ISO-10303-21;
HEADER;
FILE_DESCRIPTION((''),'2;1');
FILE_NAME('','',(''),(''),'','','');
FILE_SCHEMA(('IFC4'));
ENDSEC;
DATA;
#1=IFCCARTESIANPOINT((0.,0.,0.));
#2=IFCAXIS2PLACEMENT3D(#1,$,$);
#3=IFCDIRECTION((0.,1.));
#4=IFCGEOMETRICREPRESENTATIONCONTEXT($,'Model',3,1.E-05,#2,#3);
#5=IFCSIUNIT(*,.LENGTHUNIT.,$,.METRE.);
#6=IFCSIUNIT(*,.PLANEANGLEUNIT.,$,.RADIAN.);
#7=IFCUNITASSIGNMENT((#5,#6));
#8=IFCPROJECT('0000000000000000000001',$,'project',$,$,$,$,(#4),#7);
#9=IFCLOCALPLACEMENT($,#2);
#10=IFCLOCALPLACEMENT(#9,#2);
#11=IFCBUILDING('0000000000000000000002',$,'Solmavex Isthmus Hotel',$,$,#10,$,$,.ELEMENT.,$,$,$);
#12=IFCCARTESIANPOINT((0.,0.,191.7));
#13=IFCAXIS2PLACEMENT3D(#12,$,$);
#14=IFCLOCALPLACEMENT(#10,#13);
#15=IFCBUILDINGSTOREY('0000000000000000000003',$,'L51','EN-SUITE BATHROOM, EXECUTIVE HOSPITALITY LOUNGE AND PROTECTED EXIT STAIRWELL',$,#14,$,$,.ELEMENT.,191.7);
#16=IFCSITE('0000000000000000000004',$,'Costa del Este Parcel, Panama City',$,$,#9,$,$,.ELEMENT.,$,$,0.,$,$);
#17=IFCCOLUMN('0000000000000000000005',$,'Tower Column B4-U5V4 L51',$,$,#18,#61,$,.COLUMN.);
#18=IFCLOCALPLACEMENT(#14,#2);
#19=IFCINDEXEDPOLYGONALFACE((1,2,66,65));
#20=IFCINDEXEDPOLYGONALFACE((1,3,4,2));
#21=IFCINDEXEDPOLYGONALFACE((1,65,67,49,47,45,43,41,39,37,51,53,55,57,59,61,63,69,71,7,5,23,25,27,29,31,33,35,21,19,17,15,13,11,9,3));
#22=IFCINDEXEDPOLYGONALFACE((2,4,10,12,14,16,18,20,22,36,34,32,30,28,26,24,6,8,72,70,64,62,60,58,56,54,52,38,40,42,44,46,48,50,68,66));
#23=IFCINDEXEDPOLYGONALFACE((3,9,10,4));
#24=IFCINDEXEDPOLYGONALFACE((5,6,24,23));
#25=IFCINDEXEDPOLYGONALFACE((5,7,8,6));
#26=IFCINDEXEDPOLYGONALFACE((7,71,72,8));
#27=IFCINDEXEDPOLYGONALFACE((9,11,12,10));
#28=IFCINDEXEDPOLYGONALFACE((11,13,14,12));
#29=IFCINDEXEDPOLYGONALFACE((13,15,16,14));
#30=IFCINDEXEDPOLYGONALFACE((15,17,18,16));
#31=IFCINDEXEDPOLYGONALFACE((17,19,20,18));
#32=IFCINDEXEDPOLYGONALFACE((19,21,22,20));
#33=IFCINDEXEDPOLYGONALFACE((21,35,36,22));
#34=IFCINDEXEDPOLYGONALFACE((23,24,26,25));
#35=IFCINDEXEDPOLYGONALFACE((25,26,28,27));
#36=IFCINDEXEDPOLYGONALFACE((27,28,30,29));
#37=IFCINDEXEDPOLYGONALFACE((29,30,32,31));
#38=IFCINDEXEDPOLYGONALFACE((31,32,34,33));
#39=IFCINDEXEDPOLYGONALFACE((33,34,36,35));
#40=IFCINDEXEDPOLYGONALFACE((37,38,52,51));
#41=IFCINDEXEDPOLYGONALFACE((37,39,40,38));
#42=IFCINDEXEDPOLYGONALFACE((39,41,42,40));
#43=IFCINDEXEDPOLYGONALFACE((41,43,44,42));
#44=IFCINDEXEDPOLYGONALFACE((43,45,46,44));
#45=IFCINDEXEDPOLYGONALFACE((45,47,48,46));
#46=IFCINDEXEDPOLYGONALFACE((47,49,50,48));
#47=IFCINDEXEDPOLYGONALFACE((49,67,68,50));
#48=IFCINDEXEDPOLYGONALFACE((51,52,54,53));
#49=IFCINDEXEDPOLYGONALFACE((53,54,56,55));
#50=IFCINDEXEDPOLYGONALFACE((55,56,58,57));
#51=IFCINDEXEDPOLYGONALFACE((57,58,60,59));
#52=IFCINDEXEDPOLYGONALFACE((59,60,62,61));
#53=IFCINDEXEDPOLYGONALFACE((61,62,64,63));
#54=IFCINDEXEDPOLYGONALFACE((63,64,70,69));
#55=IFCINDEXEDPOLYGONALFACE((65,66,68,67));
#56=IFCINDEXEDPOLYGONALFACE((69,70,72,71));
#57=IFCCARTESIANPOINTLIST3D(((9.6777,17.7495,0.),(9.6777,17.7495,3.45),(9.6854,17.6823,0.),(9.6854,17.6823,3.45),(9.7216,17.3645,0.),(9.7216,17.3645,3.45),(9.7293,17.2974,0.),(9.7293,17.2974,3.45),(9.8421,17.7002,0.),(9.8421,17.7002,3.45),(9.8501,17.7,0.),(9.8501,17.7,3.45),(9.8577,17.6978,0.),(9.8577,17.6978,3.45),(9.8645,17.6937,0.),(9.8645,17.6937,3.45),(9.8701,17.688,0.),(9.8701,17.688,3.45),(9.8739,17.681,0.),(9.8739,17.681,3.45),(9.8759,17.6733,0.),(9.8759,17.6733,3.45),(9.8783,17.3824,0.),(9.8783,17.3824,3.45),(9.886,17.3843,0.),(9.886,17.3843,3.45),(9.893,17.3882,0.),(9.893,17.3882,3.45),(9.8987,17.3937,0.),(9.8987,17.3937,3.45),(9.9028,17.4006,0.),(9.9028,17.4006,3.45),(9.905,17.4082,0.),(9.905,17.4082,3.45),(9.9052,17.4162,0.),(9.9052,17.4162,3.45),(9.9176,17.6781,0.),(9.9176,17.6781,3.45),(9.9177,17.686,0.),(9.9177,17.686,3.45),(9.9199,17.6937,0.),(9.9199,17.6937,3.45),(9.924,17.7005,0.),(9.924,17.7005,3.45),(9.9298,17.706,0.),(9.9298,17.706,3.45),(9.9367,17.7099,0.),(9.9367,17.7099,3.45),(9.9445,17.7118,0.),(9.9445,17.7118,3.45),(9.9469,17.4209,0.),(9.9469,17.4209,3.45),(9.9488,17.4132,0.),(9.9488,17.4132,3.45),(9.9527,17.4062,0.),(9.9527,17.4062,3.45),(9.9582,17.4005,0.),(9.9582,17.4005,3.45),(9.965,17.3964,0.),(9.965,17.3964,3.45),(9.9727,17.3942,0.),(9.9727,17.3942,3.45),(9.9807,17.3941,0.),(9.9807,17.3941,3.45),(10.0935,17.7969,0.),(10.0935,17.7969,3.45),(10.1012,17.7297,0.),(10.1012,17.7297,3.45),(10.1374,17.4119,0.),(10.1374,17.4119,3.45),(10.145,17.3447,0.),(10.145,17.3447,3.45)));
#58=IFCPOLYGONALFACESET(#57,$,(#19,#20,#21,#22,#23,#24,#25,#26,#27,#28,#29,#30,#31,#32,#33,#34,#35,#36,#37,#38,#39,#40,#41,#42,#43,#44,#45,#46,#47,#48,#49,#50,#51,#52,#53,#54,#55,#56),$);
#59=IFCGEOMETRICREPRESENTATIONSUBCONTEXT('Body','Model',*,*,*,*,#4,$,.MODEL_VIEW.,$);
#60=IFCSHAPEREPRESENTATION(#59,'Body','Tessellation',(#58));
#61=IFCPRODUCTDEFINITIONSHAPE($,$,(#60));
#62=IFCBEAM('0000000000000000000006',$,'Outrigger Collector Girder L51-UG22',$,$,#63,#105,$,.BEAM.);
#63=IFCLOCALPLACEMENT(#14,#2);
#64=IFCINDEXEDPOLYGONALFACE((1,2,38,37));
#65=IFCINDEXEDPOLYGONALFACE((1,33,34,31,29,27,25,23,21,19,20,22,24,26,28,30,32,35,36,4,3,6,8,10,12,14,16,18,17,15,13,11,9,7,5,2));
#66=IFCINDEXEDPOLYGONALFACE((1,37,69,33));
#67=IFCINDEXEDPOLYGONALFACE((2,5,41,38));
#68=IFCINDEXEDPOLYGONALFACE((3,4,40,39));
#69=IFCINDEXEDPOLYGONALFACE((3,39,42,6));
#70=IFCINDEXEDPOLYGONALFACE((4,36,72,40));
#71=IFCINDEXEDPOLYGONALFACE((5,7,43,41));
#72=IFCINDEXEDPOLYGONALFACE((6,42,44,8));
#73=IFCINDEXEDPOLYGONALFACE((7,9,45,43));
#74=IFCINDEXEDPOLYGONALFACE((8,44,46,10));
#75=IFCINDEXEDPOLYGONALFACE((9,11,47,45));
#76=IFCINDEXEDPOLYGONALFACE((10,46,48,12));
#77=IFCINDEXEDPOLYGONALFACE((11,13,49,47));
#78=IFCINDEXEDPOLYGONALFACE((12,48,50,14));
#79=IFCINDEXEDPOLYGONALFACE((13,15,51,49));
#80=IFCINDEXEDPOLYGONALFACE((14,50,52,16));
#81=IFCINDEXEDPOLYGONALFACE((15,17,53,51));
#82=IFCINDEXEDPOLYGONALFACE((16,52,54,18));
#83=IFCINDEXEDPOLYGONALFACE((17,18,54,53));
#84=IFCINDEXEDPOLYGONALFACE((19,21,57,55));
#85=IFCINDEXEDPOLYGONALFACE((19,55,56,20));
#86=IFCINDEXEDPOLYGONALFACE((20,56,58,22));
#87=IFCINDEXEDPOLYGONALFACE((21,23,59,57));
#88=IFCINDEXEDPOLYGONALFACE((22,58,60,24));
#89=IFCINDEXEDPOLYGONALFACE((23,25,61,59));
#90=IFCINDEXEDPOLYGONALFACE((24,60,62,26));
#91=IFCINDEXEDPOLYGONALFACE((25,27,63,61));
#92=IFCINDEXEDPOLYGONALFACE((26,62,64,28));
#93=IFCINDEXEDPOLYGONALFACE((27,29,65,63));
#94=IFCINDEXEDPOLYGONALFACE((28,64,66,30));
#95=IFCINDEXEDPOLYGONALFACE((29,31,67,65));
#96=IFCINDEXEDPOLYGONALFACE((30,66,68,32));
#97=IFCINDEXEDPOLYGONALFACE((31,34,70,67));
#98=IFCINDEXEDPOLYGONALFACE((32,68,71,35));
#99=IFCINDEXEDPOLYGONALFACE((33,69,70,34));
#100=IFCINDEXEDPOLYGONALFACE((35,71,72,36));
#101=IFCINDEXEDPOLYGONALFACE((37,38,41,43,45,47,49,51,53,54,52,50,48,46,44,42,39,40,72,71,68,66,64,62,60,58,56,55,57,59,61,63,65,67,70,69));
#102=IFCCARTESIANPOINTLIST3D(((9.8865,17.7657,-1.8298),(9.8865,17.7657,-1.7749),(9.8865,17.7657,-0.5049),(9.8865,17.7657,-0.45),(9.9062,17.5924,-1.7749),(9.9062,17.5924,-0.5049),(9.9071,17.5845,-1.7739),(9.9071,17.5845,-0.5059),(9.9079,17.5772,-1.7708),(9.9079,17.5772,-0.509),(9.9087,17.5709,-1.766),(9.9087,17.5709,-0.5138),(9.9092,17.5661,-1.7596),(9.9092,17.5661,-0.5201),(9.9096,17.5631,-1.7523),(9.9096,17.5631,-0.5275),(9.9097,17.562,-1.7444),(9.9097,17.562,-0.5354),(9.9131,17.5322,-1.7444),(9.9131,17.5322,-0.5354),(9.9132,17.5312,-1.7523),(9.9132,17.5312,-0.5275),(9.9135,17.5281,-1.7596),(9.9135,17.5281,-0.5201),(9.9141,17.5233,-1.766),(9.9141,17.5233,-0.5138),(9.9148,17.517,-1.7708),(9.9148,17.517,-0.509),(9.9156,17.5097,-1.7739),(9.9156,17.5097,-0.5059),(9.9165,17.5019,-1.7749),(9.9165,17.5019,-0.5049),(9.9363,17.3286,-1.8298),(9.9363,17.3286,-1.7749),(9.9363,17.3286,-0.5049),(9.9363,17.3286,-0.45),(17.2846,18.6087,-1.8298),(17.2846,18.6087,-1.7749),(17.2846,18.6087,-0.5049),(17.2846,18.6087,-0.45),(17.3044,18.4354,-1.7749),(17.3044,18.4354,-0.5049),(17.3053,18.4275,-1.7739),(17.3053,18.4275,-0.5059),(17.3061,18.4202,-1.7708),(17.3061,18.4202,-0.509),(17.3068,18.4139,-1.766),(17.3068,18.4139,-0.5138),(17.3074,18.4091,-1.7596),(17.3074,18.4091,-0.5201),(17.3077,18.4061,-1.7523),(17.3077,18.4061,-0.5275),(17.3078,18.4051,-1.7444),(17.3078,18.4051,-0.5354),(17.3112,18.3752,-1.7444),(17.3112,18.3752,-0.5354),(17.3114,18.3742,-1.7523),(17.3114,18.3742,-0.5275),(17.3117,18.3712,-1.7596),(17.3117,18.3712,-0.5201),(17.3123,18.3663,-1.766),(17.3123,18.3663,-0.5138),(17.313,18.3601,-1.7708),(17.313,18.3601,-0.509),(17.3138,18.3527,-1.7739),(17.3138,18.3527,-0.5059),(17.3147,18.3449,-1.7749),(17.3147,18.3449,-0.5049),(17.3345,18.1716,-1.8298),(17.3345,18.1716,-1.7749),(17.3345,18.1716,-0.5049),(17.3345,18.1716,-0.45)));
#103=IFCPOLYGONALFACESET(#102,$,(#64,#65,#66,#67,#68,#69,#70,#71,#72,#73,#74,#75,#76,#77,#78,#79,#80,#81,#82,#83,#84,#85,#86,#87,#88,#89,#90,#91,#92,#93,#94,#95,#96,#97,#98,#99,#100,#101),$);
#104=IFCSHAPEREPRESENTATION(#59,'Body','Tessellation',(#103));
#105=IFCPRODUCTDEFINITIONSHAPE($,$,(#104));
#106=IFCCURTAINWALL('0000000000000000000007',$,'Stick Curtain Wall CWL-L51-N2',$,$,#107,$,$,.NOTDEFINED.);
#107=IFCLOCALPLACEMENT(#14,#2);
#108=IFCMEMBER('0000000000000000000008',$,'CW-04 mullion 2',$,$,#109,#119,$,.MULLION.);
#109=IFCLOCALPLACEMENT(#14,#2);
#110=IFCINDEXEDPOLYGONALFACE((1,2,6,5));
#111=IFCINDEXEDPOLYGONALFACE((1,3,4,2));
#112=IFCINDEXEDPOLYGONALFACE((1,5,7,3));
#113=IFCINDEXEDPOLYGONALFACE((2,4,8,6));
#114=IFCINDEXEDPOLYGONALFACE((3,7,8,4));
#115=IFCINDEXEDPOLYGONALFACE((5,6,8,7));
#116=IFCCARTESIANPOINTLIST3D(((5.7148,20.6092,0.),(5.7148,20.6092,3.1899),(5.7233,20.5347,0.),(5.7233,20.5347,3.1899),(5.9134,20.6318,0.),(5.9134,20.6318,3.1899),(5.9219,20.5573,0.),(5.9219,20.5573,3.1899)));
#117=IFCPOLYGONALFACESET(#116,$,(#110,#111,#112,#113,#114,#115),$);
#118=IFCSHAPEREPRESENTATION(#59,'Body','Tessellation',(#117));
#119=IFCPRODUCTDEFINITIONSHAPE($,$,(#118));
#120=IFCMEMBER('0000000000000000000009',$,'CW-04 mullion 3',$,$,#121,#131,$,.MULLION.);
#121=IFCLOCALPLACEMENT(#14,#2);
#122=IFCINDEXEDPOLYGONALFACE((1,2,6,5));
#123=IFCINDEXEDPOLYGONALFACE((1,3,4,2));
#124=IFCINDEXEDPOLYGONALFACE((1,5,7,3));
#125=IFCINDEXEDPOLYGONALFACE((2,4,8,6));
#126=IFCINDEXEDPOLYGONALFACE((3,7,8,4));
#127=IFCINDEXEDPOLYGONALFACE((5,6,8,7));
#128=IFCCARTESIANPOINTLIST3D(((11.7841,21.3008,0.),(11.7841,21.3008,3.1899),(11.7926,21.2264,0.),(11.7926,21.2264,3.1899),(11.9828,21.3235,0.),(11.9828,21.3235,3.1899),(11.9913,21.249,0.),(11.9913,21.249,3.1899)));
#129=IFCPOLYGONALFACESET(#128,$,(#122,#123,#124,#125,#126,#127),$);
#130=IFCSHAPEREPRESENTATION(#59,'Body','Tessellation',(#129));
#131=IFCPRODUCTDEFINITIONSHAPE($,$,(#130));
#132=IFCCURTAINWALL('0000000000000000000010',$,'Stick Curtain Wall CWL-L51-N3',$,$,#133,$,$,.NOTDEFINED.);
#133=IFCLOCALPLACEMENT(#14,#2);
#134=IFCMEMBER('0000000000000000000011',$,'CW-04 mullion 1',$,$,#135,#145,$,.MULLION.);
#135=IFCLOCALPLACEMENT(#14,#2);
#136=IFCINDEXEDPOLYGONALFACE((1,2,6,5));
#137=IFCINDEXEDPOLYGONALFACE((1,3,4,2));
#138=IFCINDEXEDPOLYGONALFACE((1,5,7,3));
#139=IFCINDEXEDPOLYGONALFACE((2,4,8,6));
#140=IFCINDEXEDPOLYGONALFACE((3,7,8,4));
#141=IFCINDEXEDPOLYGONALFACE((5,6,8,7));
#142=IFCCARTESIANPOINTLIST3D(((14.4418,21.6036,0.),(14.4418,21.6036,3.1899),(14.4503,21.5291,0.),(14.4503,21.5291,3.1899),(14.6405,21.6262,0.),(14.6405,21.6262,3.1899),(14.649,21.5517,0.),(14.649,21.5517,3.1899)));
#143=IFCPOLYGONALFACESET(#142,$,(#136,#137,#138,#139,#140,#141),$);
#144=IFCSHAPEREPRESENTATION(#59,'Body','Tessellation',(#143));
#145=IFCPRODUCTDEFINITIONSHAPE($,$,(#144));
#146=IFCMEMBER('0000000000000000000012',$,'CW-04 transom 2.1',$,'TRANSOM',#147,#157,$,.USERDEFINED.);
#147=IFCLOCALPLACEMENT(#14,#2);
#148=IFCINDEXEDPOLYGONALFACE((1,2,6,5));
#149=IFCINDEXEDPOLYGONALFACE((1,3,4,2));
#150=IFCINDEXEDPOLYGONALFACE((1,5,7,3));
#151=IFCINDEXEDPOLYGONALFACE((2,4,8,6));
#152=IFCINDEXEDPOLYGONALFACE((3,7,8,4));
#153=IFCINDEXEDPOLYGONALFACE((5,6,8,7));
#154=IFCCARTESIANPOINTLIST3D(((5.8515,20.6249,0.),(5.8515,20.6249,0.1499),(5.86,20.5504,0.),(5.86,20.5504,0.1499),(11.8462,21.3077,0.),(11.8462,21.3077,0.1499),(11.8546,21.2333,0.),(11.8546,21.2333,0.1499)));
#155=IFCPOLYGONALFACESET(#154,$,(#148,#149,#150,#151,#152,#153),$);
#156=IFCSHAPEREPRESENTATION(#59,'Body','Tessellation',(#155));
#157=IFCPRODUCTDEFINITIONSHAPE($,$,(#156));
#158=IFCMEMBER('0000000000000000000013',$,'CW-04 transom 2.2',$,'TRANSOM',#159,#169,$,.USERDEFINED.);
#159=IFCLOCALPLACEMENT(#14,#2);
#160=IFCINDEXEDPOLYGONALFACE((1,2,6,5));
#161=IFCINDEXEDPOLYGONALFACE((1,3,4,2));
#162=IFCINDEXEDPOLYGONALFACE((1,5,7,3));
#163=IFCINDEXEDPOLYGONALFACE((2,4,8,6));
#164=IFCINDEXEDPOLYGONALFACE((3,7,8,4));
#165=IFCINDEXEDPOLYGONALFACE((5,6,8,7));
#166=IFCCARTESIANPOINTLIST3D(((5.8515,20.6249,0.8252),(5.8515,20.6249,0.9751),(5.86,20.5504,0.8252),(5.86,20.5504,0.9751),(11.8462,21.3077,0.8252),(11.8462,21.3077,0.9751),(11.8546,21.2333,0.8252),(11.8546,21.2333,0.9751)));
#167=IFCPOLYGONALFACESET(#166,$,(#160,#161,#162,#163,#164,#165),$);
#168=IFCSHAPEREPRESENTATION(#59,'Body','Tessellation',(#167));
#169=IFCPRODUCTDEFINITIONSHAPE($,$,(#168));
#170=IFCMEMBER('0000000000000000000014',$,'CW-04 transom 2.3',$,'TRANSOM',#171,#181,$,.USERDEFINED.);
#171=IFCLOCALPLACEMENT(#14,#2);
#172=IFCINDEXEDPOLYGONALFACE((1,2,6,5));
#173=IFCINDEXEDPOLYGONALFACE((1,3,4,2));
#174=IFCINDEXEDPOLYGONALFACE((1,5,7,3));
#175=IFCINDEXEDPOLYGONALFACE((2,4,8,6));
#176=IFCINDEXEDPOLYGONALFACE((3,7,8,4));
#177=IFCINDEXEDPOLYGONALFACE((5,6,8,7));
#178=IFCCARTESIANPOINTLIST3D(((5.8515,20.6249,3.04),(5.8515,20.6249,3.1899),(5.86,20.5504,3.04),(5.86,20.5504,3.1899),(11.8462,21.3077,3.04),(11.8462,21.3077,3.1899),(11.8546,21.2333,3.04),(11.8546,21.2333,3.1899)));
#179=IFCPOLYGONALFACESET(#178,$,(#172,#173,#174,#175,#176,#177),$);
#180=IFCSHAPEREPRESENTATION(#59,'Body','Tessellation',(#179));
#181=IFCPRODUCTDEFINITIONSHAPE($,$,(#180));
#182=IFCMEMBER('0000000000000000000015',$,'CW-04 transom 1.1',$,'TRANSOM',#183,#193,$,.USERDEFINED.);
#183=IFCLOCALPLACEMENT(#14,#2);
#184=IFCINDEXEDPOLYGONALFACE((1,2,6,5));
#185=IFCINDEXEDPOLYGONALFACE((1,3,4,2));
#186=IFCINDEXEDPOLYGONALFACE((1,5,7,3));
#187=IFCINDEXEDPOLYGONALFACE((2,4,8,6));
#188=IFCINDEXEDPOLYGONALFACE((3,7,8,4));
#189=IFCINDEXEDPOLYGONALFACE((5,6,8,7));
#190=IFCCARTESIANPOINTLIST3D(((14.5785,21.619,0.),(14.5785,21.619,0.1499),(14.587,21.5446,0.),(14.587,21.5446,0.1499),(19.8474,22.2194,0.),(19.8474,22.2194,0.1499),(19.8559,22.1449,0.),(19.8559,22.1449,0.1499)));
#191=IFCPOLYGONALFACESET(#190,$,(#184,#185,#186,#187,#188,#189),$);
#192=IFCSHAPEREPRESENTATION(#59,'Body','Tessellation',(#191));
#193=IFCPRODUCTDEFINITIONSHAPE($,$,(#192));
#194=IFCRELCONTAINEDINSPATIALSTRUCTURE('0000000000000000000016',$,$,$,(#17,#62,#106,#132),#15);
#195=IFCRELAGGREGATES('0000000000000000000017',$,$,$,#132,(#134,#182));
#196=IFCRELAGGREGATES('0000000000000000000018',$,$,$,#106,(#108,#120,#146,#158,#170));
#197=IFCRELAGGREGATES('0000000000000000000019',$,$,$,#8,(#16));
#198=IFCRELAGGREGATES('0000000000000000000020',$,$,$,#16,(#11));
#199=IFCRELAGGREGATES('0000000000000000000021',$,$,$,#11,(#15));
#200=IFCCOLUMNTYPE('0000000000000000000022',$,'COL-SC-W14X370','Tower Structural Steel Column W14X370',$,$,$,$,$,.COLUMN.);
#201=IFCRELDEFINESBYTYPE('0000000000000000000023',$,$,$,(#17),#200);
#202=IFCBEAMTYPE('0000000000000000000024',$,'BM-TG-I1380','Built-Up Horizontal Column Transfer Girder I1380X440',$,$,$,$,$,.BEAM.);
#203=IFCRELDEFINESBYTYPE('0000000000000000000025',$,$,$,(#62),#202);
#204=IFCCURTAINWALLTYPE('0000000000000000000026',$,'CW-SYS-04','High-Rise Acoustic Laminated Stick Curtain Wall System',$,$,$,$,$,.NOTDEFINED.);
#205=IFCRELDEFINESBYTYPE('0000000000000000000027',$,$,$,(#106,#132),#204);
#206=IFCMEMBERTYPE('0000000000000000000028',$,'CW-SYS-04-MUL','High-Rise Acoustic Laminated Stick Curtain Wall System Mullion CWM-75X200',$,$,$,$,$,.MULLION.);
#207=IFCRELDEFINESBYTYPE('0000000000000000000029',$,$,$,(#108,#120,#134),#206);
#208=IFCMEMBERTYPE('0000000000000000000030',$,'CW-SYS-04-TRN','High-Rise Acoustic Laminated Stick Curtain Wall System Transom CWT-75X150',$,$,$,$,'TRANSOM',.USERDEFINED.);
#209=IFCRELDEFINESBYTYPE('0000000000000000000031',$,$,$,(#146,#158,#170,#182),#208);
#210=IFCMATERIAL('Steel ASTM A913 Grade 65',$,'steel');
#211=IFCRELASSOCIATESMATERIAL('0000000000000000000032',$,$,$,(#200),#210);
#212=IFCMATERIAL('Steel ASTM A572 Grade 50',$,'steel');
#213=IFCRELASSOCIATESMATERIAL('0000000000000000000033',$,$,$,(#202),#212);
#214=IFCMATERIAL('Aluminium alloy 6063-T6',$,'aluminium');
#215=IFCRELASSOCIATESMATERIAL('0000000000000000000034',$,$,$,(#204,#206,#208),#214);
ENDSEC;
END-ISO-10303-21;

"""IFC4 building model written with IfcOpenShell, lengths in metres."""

from ifc_helpers import new_model, si_unit, direction, frame, origin, origin_2d, place, context, subcontext, project, spatial, rectangle, i_section, extrude, material, material_profile, profile_set, type_object, element, aggregate, save


model = new_model("IFC4")

# Units and contexts
model_context = context("Model", 3, precision=1e-05, world=origin(), true_north=direction((0.0, 1.0)))
body_context = subcontext(model_context, "Body", "Model", "MODEL_VIEW")
ifc_project = project(units=[si_unit("LENGTHUNIT", "METRE"), si_unit("PLANEANGLEUNIT", "RADIAN")], contexts=[model_context])

# Site, building, storey
site_placement = place(None, origin())
site = spatial("IfcSite", under=ifc_project, at=site_placement, Name="Costa del Este Parcel, Panama City", CompositionType="ELEMENT", RefElevation=0.0)
building_placement = place(site_placement, origin())
building = spatial("IfcBuilding", under=site, at=building_placement, Name="Solmavex Isthmus Hotel", CompositionType="ELEMENT")
storey_placement = place(building_placement, frame((0.0, 0.0, 191.7)))
storey = spatial("IfcBuildingStorey", under=building, at=storey_placement, Name="L51", Description="EN-SUITE BATHROOM, EXECUTIVE HOSPITALITY LOUNGE AND PROTECTED EXIT STAIRWELL", CompositionType="ELEMENT", Elevation=191.7)

# Column
ifc_material_1 = material(Name="Steel ASTM A913 Grade 65", Category="steel")
ifc_material_profile_1 = material_profile(ifc_material_1, i_section(OverallWidth=0.4185, OverallDepth=0.4551, WebThickness=0.042, FlangeThickness=0.0676, FilletRadius=0.0305, at=origin_2d()), Name="W14X370")
ifc_profile_set_1 = profile_set([ifc_material_profile_1], Name="Steel ASTM A913 Grade 65")
column_type = type_object("IfcColumnType", Name="COL-SC-W14X370", Description="Tower Structural Steel Column W14X370", PredefinedType="COLUMN", material=ifc_profile_set_1)
column_placement = place(storey_placement, frame((9.9114, 17.5471, 0.0), z_axis=(0.0, 0.0, 1.0), x_axis=(0.993572, 0.113203, 0.0)))
element("IfcColumn", 1, at=column_placement, inside=storey, type_object=column_type, Name="Tower Column B4-U5V4 L51", PredefinedType="COLUMN", context=body_context, shape_type="SweptSolid", body=[
    extrude(i_section(OverallWidth=0.4185, OverallDepth=0.4551, WebThickness=0.042, FlangeThickness=0.0676, FilletRadius=0.0305, at=origin_2d()), origin(), (0.0, 0.0, 1.0), 3.45),
])

# Beam
ifc_material_2 = material(Name="Steel ASTM A572 Grade 50", Category="steel")
ifc_material_profile_2 = material_profile(ifc_material_2, i_section(OverallWidth=0.4399, OverallDepth=1.3799, WebThickness=0.03, FlangeThickness=0.0549, FilletRadius=0.0305, at=origin_2d()), Name="I1380X440")
ifc_profile_set_2 = profile_set([ifc_material_profile_2], Name="Steel ASTM A572 Grade 50")
beam_type = type_object("IfcBeamType", Name="BM-TG-I1380", Description="Built-Up Horizontal Column Transfer Girder I1380X440", PredefinedType="BEAM", material=ifc_profile_set_2)
beam_placement = place(storey_placement, frame((9.9114, 17.5471, -1.1399), z_axis=(0.99357, 0.113216, 0.0), x_axis=(-0.113216, 0.99357, 0.0)))
element("IfcBeam", 2, at=beam_placement, inside=storey, type_object=beam_type, Name="Outrigger Collector Girder L51-UG22", PredefinedType="BEAM", context=body_context, shape_type="SweptSolid", body=[
    extrude(i_section(OverallWidth=0.4399, OverallDepth=1.3799, WebThickness=0.03, FlangeThickness=0.0549, FilletRadius=0.0305, at=origin_2d()), origin(), (0.0, 0.0, 1.0), 7.446),
])

# Curtain wall, members
ifc_material_3 = material(Name="Aluminium alloy 6063-T6", Category="aluminium")
curtain_wall_type = type_object("IfcCurtainWallType", Name="CW-SYS-04", Description="High-Rise Acoustic Laminated Stick Curtain Wall System", PredefinedType="NOTDEFINED", material=ifc_material_3)
curtain_wall_1_placement = place(storey_placement, origin())
curtain_wall_1 = element("IfcCurtainWall", 3, at=curtain_wall_1_placement, inside=storey, type_object=curtain_wall_type, Name="Stick Curtain Wall CWL-L51-N2", PredefinedType="NOTDEFINED")
ifc_material_profile_3 = material_profile(ifc_material_3, rectangle(XDim=0.075, YDim=0.2, at=origin_2d()), Name="CWM-75X200")
ifc_profile_set_3 = profile_set([ifc_material_profile_3], Name="Aluminium alloy 6063-T6")
member_type_1 = type_object("IfcMemberType", Name="CW-SYS-04-MUL", Description="High-Rise Acoustic Laminated Stick Curtain Wall System Mullion CWM-75X200", PredefinedType="MULLION", material=ifc_profile_set_3)
member_1_placement = place(storey_placement, frame((5.8184, 20.5833, 0.0), z_axis=(0.0, 0.0, 1.0), x_axis=(-0.113203, 0.993572, 0.0)))
member_1 = element("IfcMember", 4, at=member_1_placement, type_object=member_type_1, Name="CW-04 mullion 2", PredefinedType="MULLION", context=body_context, shape_type="SweptSolid", body=[
    extrude(rectangle(XDim=0.075, YDim=0.2, at=origin_2d()), origin(), (0.0, 0.0, 1.0), 3.1899),
])
member_2_placement = place(storey_placement, frame((11.8877, 21.2749, 0.0), z_axis=(0.0, 0.0, 1.0), x_axis=(-0.113203, 0.993572, 0.0)))
member_2 = element("IfcMember", 5, at=member_2_placement, type_object=member_type_1, Name="CW-04 mullion 3", PredefinedType="MULLION", context=body_context, shape_type="SweptSolid", body=[
    extrude(rectangle(XDim=0.075, YDim=0.2, at=origin_2d()), origin(), (0.0, 0.0, 1.0), 3.1899),
])

# Curtain wall, member
curtain_wall_2_placement = place(storey_placement, origin())
curtain_wall_2 = element("IfcCurtainWall", 6, at=curtain_wall_2_placement, inside=storey, type_object=curtain_wall_type, Name="Stick Curtain Wall CWL-L51-N3", PredefinedType="NOTDEFINED")
member_3_placement = place(storey_placement, frame((14.5454, 21.5776, 0.0), z_axis=(0.0, 0.0, 1.0), x_axis=(-0.113204, 0.993572, 0.0)))
member_3 = element("IfcMember", 7, at=member_3_placement, type_object=member_type_1, Name="CW-04 mullion 1", PredefinedType="MULLION", context=body_context, shape_type="SweptSolid", body=[
    extrude(rectangle(XDim=0.075, YDim=0.2, at=origin_2d()), origin(), (0.0, 0.0, 1.0), 3.1899),
])

# Members
ifc_material_profile_4 = material_profile(ifc_material_3, rectangle(XDim=0.075, YDim=0.1499, at=origin_2d()), Name="CWT-75X150")
ifc_profile_set_4 = profile_set([ifc_material_profile_4], Name="Aluminium alloy 6063-T6")
member_type_2 = type_object("IfcMemberType", Name="CW-SYS-04-TRN", Description="High-Rise Acoustic Laminated Stick Curtain Wall System Transom CWT-75X150", ElementType="TRANSOM", PredefinedType="USERDEFINED", material=ifc_profile_set_4)
member_4_placement = place(storey_placement, frame((5.8557, 20.5876, 0.075), z_axis=(0.993574, 0.11318, 0.0), x_axis=(-0.11318, 0.993574, 0.0)))
member_4 = element("IfcMember", 8, at=member_4_placement, type_object=member_type_2, Name="CW-04 transom 2.1", ObjectType="TRANSOM", PredefinedType="USERDEFINED", context=body_context, shape_type="SweptSolid", body=[
    extrude(rectangle(XDim=0.075, YDim=0.1499, at=origin_2d()), origin(), (0.0, 0.0, 1.0), 6.0334),
])
member_5_placement = place(storey_placement, frame((5.8557, 20.5876, 0.9001), z_axis=(0.993574, 0.11318, 0.0), x_axis=(-0.11318, 0.993574, 0.0)))
member_5 = element("IfcMember", 9, at=member_5_placement, type_object=member_type_2, Name="CW-04 transom 2.2", ObjectType="TRANSOM", PredefinedType="USERDEFINED", context=body_context, shape_type="SweptSolid", body=[
    extrude(rectangle(XDim=0.075, YDim=0.1499, at=origin_2d()), origin(), (0.0, 0.0, 1.0), 6.0334),
])
member_6_placement = place(storey_placement, frame((5.8557, 20.5876, 3.115), z_axis=(0.993574, 0.11318, 0.0), x_axis=(-0.11318, 0.993574, 0.0)))
member_6 = element("IfcMember", 10, at=member_6_placement, type_object=member_type_2, Name="CW-04 transom 2.3", ObjectType="TRANSOM", PredefinedType="USERDEFINED", context=body_context, shape_type="SweptSolid", body=[
    extrude(rectangle(XDim=0.075, YDim=0.1499, at=origin_2d()), origin(), (0.0, 0.0, 1.0), 6.0334),
])
member_7_placement = place(storey_placement, frame((14.5828, 21.5818, 0.075), z_axis=(0.993571, 0.11321, 0.0), x_axis=(-0.11321, 0.993571, 0.0)))
member_7 = element("IfcMember", 11, at=member_7_placement, type_object=member_type_2, Name="CW-04 transom 1.1", ObjectType="TRANSOM", PredefinedType="USERDEFINED", context=body_context, shape_type="SweptSolid", body=[
    extrude(rectangle(XDim=0.075, YDim=0.1499, at=origin_2d()), origin(), (0.0, 0.0, 1.0), 5.303),
])
aggregate(curtain_wall_2, [member_3, member_7])

aggregate(curtain_wall_1, [member_1, member_2, member_4, member_5, member_6])

save(model, "model.ifc")
